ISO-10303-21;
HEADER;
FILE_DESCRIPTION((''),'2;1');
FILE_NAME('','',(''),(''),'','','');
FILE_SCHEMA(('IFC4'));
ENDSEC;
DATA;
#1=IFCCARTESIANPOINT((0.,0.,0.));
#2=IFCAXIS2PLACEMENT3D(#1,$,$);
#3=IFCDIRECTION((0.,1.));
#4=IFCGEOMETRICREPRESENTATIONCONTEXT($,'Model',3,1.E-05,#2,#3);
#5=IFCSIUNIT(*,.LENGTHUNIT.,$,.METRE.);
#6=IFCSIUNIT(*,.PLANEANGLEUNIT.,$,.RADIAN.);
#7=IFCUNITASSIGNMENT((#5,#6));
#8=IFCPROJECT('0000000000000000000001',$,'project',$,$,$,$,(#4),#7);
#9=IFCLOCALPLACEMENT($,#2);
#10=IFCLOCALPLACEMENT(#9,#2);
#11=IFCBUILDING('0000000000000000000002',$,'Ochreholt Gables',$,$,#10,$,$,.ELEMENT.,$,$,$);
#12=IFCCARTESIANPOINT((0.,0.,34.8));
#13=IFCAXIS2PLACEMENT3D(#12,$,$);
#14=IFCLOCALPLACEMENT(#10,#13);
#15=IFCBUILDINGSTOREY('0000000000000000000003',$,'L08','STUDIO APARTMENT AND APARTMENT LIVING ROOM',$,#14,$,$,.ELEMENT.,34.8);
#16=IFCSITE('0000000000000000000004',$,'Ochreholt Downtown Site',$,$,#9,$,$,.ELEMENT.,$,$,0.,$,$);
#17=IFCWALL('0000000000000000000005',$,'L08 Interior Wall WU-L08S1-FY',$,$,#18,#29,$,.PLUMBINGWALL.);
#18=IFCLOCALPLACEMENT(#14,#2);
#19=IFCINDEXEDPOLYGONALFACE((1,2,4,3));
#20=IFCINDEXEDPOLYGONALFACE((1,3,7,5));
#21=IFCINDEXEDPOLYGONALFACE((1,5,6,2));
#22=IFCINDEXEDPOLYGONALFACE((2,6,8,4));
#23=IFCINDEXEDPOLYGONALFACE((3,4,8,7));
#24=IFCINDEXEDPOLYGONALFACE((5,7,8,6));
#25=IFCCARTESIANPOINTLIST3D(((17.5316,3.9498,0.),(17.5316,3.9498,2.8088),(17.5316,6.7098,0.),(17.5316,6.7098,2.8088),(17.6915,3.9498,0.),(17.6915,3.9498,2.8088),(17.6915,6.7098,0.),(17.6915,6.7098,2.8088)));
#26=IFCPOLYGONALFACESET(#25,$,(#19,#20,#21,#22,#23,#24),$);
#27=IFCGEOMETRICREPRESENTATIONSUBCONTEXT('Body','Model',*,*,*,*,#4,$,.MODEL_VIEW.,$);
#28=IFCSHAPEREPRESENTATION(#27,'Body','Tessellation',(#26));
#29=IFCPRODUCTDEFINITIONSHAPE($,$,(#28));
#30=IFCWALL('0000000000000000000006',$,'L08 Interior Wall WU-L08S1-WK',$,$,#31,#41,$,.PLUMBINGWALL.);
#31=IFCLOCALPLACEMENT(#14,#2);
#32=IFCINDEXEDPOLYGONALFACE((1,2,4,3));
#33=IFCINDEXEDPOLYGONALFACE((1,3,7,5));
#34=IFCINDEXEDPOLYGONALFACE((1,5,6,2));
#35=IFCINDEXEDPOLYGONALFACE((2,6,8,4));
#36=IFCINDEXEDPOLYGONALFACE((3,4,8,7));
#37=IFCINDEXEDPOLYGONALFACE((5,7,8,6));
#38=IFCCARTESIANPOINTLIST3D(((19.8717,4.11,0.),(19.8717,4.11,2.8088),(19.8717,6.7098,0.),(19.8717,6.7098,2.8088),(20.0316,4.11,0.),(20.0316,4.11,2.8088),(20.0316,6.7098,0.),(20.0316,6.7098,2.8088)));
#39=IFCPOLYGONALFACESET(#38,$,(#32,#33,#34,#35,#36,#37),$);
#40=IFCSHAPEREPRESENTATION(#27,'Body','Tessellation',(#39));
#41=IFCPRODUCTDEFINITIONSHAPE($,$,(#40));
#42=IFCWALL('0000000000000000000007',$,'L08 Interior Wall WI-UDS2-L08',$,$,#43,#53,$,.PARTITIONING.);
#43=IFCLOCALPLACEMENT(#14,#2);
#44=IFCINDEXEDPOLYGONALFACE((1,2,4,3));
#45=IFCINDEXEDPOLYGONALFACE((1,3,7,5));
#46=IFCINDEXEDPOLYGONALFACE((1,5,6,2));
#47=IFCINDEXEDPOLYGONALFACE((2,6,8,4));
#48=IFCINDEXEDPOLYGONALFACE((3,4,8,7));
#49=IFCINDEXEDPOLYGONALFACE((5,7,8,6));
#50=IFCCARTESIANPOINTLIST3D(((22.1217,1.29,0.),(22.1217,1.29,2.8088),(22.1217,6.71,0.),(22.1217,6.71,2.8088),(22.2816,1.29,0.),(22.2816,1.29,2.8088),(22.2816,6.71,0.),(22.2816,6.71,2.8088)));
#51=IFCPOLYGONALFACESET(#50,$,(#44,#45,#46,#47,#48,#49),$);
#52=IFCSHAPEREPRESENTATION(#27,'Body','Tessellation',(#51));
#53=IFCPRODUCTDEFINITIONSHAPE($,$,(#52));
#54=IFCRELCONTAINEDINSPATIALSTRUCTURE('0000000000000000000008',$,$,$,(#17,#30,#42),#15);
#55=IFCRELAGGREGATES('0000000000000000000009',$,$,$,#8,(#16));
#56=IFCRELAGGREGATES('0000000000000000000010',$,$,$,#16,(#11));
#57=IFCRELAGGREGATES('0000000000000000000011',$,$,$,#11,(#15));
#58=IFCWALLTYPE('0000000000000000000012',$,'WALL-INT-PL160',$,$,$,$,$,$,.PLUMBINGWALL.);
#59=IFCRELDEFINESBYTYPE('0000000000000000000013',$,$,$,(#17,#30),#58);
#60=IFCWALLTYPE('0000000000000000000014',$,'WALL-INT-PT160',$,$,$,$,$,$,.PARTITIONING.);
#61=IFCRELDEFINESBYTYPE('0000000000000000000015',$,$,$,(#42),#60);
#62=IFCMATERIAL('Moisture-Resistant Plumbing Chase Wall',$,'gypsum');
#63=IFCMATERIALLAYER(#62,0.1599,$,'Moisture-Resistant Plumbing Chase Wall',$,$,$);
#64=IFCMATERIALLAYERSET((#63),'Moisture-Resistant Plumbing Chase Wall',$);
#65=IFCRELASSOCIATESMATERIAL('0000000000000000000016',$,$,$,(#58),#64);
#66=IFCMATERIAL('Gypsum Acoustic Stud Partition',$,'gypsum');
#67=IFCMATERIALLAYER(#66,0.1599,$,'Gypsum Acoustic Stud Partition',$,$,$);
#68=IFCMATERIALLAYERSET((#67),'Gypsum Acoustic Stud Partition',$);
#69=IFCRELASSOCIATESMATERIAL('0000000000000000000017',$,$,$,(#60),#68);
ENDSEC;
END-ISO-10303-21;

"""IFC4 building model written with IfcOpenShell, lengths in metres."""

from ifc_helpers import new_model, si_unit, direction, frame, frame_2d, origin, place, context, subcontext, project, spatial, rectangle, extrude, material, layer, layer_set, type_object, element, save


model = new_model("IFC4")

# Units and contexts
model_context = context("Model", 3, precision=1e-05, world=origin(), true_north=direction((0.0, 1.0)))
body_context = subcontext(model_context, "Body", "Model", "MODEL_VIEW")
ifc_project = project(units=[si_unit("LENGTHUNIT", "METRE"), si_unit("PLANEANGLEUNIT", "RADIAN")], contexts=[model_context])

# Site, building, storey
site_placement = place(None, origin())
site = spatial("IfcSite", under=ifc_project, at=site_placement, Name="Ochreholt Downtown Site", CompositionType="ELEMENT", RefElevation=0.0)
building_placement = place(site_placement, origin())
building = spatial("IfcBuilding", under=site, at=building_placement, Name="Ochreholt Gables", CompositionType="ELEMENT")
storey_placement = place(building_placement, frame((0.0, 0.0, 34.8)))
storey = spatial("IfcBuildingStorey", under=building, at=storey_placement, Name="L08", Description="STUDIO APARTMENT AND APARTMENT LIVING ROOM", CompositionType="ELEMENT", Elevation=34.8)

# Shared definitions
ifc_material_1 = material(Name="Moisture-Resistant Plumbing Chase Wall", Category="gypsum")
ifc_layer_1 = layer(ifc_material_1, 0.1599, Name="Moisture-Resistant Plumbing Chase Wall")
ifc_layer_set_1 = layer_set([ifc_layer_1], Name="Moisture-Resistant Plumbing Chase Wall")
wall_type_1 = type_object("IfcWallType", Name="WALL-INT-PL160", PredefinedType="PLUMBINGWALL", material=ifc_layer_set_1)

# Walls
wall_1_placement = place(storey_placement, frame((17.6116, 3.95, 0.0), z_axis=(0.0, 0.0, 1.0), x_axis=(0.0, 1.0, 0.0)))
element("IfcWall", 1, at=wall_1_placement, inside=storey, type_object=wall_type_1, Name="L08 Interior Wall WU-L08S1-FY", PredefinedType="PLUMBINGWALL", context=body_context, shape_type="SweptSolid", body=[
    extrude(rectangle(XDim=2.76, YDim=0.1599, at=frame_2d((1.3799, 0.0))), origin(), (0.0, 0.0, 1.0), 2.8088),
])
wall_2_placement = place(storey_placement, frame((19.9517, 4.1101, 0.0), z_axis=(0.0, 0.0, 1.0), x_axis=(0.0, 1.0, 0.0)))
element("IfcWall", 2, at=wall_2_placement, inside=storey, type_object=wall_type_1, Name="L08 Interior Wall WU-L08S1-WK", PredefinedType="PLUMBINGWALL", context=body_context, shape_type="SweptSolid", body=[
    extrude(rectangle(XDim=2.5999, YDim=0.1599, at=frame_2d((1.2998, 0.0))), origin(), (0.0, 0.0, 1.0), 2.8088),
])
ifc_material_2 = material(Name="Gypsum Acoustic Stud Partition", Category="gypsum")
ifc_layer_2 = layer(ifc_material_2, 0.1599, Name="Gypsum Acoustic Stud Partition")
ifc_layer_set_2 = layer_set([ifc_layer_2], Name="Gypsum Acoustic Stud Partition")
wall_type_2 = type_object("IfcWallType", Name="WALL-INT-PT160", PredefinedType="PARTITIONING", material=ifc_layer_set_2)
wall_3_placement = place(storey_placement, frame((22.2017, 1.29, 0.0), z_axis=(0.0, 0.0, 1.0), x_axis=(0.0, 1.0, 0.0)))
element("IfcWall", 3, at=wall_3_placement, inside=storey, type_object=wall_type_2, Name="L08 Interior Wall WI-UDS2-L08", PredefinedType="PARTITIONING", context=body_context, shape_type="SweptSolid", body=[
    extrude(rectangle(XDim=5.4199, YDim=0.1599, at=frame_2d((2.71, 0.0))), origin(), (0.0, 0.0, 1.0), 2.8088),
])

save(model, "model.ifc")
